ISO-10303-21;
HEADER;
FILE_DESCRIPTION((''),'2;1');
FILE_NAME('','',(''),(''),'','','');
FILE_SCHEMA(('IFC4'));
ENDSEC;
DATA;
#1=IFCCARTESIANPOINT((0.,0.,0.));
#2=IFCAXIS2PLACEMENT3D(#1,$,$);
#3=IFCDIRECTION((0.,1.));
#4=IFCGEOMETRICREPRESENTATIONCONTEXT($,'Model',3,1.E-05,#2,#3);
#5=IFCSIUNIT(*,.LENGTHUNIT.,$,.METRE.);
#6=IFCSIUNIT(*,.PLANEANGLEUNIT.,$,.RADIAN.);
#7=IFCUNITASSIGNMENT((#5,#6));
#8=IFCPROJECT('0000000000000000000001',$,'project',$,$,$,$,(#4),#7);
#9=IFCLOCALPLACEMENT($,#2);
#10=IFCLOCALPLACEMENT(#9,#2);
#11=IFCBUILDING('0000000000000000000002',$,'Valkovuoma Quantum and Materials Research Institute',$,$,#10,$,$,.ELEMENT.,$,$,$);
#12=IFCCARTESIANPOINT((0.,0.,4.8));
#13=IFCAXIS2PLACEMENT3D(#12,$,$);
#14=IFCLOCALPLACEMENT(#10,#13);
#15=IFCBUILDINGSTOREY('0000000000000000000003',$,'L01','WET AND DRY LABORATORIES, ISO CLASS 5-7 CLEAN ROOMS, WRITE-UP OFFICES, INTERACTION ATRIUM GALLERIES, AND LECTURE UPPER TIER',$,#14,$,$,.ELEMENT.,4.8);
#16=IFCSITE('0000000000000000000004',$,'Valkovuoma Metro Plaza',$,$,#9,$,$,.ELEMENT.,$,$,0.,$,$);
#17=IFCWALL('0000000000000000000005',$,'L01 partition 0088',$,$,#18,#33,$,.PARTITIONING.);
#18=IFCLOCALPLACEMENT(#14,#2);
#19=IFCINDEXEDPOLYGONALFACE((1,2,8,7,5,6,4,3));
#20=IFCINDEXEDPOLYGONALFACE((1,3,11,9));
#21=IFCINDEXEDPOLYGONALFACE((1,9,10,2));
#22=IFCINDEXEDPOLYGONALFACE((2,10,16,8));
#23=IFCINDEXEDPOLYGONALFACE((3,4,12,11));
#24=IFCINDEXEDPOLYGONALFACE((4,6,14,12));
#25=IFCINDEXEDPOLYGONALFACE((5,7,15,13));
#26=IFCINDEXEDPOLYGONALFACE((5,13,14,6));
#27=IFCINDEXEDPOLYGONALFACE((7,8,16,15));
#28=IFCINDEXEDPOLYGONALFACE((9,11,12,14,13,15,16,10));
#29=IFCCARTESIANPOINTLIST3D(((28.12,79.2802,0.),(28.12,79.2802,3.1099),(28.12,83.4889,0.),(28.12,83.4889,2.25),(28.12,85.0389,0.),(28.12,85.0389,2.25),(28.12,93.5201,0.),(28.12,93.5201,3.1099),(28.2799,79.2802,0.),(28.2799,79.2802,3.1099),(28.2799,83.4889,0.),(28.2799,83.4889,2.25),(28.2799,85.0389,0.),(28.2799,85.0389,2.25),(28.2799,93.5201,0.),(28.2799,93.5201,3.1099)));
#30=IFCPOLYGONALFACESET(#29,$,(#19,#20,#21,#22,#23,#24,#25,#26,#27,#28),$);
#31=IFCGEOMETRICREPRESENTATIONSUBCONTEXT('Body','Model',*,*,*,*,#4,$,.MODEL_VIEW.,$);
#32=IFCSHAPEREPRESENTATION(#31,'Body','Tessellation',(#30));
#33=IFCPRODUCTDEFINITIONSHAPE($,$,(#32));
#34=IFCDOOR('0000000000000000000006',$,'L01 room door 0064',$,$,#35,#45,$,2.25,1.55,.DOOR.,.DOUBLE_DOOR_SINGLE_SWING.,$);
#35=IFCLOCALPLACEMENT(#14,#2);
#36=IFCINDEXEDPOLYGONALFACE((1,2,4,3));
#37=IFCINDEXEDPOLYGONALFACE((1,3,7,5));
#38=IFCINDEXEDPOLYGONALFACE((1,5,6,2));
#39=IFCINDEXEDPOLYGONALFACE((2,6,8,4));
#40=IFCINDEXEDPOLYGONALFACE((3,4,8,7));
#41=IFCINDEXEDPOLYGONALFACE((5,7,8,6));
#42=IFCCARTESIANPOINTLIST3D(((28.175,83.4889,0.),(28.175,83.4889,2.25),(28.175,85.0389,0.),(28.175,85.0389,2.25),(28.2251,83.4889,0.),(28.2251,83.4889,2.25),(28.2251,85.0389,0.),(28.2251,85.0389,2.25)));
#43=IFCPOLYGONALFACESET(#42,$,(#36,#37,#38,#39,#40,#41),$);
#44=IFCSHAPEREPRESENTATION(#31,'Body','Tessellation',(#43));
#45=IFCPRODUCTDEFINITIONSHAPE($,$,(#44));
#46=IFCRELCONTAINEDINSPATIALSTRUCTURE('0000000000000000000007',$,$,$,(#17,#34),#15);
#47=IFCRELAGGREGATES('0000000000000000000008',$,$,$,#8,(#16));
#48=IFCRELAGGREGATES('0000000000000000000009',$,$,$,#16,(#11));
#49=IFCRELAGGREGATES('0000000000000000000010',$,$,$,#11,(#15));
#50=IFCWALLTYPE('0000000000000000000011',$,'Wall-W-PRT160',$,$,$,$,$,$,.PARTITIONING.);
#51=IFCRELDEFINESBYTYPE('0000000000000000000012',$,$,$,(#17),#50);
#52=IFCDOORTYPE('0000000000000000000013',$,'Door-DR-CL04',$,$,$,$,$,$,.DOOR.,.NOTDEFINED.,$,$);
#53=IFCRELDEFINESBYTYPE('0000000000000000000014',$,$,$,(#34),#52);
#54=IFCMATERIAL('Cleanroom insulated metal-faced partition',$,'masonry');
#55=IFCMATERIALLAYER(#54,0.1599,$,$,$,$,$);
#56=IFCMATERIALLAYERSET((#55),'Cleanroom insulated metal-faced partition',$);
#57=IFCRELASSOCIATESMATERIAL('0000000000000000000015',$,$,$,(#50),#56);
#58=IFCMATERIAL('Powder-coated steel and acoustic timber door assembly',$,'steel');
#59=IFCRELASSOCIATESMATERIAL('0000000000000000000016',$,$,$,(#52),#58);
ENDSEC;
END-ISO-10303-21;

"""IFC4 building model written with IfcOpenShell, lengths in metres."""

from ifc_helpers import new_model, si_unit, direction, frame, frame_2d, origin, place, context, subcontext, project, spatial, rectangle, extrude, material, layer, layer_set, type_object, element, fill, save


model = new_model("IFC4")

# Units and contexts
model_context = context("Model", 3, precision=1e-05, world=origin(), true_north=direction((0.0, 1.0)))
body_context = subcontext(model_context, "Body", "Model", "MODEL_VIEW")
ifc_project = project(units=[si_unit("LENGTHUNIT", "METRE"), si_unit("PLANEANGLEUNIT", "RADIAN")], contexts=[model_context])

# Site, building, storey
site_placement = place(None, origin())
site = spatial("IfcSite", under=ifc_project, at=site_placement, Name="Valkovuoma Metro Plaza", CompositionType="ELEMENT", RefElevation=0.0)
building_placement = place(site_placement, origin())
building = spatial("IfcBuilding", under=site, at=building_placement, Name="Valkovuoma Quantum and Materials Research Institute", CompositionType="ELEMENT")
storey_placement = place(building_placement, frame((0.0, 0.0, 4.8)))
storey = spatial("IfcBuildingStorey", under=building, at=storey_placement, Name="L01", Description="WET AND DRY LABORATORIES, ISO CLASS 5-7 CLEAN ROOMS, WRITE-UP OFFICES, INTERACTION ATRIUM GALLERIES, AND LECTURE UPPER TIER", CompositionType="ELEMENT", Elevation=4.8)

# Wall, opening, door
ifc_material_1 = material(Name="Cleanroom insulated metal-faced partition", Category="masonry")
ifc_layer = layer(ifc_material_1, 0.1599)
ifc_layer_set = layer_set([ifc_layer], Name="Cleanroom insulated metal-faced partition")
wall_type = type_object("IfcWallType", Name="Wall-W-PRT160", PredefinedType="PARTITIONING", material=ifc_layer_set)
wall_1_placement = place(storey_placement, frame((28.2, 79.28, 0.0), z_axis=(0.0, 0.0, 1.0), x_axis=(0.0, 1.0, 0.0)))
wall_1 = element("IfcWall", 1, at=wall_1_placement, inside=storey, type_object=wall_type, Name="L01 partition 0088", PredefinedType="PARTITIONING", context=body_context, shape_type="SweptSolid", body=[
    extrude(rectangle(XDim=14.24, YDim=0.1599, at=frame_2d((7.1201, 0.0))), origin(), (0.0, 0.0, 1.0), 3.1099),
])
opening_1_placement = place(wall_1_placement, frame((4.209, 0.0, 0.0)))
opening_1 = element("IfcOpeningElement", 2, at=opening_1_placement, cuts=wall_1, PredefinedType="OPENING", context=body_context, shape_type="SweptSolid", body=[
    extrude(rectangle(XDim=1.55, YDim=2.25, at=frame_2d((0.7749, 1.125))), frame((0.0, 0.0898, 0.0), z_axis=(0.0, -1.0, 0.0), x_axis=(1.0, 0.0, 0.0)), (0.0, 0.0, 1.0), 0.1799),
])
ifc_material_2 = material(Name="Powder-coated steel and acoustic timber door assembly", Category="steel")
door_type_1 = type_object("IfcDoorType", Name="Door-DR-CL04", OperationType="NOTDEFINED", PredefinedType="DOOR", material=ifc_material_2)
door_1_placement = place(opening_1_placement, origin())
door_1 = element("IfcDoor", 3, at=door_1_placement, inside=storey, type_object=door_type_1, Name="L01 room door 0064", OperationType="DOUBLE_DOOR_SINGLE_SWING", OverallHeight=2.25, OverallWidth=1.55, PredefinedType="DOOR", context=body_context, shape_type="SweptSolid", body=[
    extrude(rectangle(XDim=1.55, YDim=2.25, at=frame_2d((0.7749, 1.125))), frame((0.0, 0.0249, 0.0), z_axis=(0.0, -1.0, 0.0), x_axis=(1.0, 0.0, 0.0)), (0.0, 0.0, 1.0), 0.05),
])
fill(opening_1, door_1)

save(model, "model.ifc")
